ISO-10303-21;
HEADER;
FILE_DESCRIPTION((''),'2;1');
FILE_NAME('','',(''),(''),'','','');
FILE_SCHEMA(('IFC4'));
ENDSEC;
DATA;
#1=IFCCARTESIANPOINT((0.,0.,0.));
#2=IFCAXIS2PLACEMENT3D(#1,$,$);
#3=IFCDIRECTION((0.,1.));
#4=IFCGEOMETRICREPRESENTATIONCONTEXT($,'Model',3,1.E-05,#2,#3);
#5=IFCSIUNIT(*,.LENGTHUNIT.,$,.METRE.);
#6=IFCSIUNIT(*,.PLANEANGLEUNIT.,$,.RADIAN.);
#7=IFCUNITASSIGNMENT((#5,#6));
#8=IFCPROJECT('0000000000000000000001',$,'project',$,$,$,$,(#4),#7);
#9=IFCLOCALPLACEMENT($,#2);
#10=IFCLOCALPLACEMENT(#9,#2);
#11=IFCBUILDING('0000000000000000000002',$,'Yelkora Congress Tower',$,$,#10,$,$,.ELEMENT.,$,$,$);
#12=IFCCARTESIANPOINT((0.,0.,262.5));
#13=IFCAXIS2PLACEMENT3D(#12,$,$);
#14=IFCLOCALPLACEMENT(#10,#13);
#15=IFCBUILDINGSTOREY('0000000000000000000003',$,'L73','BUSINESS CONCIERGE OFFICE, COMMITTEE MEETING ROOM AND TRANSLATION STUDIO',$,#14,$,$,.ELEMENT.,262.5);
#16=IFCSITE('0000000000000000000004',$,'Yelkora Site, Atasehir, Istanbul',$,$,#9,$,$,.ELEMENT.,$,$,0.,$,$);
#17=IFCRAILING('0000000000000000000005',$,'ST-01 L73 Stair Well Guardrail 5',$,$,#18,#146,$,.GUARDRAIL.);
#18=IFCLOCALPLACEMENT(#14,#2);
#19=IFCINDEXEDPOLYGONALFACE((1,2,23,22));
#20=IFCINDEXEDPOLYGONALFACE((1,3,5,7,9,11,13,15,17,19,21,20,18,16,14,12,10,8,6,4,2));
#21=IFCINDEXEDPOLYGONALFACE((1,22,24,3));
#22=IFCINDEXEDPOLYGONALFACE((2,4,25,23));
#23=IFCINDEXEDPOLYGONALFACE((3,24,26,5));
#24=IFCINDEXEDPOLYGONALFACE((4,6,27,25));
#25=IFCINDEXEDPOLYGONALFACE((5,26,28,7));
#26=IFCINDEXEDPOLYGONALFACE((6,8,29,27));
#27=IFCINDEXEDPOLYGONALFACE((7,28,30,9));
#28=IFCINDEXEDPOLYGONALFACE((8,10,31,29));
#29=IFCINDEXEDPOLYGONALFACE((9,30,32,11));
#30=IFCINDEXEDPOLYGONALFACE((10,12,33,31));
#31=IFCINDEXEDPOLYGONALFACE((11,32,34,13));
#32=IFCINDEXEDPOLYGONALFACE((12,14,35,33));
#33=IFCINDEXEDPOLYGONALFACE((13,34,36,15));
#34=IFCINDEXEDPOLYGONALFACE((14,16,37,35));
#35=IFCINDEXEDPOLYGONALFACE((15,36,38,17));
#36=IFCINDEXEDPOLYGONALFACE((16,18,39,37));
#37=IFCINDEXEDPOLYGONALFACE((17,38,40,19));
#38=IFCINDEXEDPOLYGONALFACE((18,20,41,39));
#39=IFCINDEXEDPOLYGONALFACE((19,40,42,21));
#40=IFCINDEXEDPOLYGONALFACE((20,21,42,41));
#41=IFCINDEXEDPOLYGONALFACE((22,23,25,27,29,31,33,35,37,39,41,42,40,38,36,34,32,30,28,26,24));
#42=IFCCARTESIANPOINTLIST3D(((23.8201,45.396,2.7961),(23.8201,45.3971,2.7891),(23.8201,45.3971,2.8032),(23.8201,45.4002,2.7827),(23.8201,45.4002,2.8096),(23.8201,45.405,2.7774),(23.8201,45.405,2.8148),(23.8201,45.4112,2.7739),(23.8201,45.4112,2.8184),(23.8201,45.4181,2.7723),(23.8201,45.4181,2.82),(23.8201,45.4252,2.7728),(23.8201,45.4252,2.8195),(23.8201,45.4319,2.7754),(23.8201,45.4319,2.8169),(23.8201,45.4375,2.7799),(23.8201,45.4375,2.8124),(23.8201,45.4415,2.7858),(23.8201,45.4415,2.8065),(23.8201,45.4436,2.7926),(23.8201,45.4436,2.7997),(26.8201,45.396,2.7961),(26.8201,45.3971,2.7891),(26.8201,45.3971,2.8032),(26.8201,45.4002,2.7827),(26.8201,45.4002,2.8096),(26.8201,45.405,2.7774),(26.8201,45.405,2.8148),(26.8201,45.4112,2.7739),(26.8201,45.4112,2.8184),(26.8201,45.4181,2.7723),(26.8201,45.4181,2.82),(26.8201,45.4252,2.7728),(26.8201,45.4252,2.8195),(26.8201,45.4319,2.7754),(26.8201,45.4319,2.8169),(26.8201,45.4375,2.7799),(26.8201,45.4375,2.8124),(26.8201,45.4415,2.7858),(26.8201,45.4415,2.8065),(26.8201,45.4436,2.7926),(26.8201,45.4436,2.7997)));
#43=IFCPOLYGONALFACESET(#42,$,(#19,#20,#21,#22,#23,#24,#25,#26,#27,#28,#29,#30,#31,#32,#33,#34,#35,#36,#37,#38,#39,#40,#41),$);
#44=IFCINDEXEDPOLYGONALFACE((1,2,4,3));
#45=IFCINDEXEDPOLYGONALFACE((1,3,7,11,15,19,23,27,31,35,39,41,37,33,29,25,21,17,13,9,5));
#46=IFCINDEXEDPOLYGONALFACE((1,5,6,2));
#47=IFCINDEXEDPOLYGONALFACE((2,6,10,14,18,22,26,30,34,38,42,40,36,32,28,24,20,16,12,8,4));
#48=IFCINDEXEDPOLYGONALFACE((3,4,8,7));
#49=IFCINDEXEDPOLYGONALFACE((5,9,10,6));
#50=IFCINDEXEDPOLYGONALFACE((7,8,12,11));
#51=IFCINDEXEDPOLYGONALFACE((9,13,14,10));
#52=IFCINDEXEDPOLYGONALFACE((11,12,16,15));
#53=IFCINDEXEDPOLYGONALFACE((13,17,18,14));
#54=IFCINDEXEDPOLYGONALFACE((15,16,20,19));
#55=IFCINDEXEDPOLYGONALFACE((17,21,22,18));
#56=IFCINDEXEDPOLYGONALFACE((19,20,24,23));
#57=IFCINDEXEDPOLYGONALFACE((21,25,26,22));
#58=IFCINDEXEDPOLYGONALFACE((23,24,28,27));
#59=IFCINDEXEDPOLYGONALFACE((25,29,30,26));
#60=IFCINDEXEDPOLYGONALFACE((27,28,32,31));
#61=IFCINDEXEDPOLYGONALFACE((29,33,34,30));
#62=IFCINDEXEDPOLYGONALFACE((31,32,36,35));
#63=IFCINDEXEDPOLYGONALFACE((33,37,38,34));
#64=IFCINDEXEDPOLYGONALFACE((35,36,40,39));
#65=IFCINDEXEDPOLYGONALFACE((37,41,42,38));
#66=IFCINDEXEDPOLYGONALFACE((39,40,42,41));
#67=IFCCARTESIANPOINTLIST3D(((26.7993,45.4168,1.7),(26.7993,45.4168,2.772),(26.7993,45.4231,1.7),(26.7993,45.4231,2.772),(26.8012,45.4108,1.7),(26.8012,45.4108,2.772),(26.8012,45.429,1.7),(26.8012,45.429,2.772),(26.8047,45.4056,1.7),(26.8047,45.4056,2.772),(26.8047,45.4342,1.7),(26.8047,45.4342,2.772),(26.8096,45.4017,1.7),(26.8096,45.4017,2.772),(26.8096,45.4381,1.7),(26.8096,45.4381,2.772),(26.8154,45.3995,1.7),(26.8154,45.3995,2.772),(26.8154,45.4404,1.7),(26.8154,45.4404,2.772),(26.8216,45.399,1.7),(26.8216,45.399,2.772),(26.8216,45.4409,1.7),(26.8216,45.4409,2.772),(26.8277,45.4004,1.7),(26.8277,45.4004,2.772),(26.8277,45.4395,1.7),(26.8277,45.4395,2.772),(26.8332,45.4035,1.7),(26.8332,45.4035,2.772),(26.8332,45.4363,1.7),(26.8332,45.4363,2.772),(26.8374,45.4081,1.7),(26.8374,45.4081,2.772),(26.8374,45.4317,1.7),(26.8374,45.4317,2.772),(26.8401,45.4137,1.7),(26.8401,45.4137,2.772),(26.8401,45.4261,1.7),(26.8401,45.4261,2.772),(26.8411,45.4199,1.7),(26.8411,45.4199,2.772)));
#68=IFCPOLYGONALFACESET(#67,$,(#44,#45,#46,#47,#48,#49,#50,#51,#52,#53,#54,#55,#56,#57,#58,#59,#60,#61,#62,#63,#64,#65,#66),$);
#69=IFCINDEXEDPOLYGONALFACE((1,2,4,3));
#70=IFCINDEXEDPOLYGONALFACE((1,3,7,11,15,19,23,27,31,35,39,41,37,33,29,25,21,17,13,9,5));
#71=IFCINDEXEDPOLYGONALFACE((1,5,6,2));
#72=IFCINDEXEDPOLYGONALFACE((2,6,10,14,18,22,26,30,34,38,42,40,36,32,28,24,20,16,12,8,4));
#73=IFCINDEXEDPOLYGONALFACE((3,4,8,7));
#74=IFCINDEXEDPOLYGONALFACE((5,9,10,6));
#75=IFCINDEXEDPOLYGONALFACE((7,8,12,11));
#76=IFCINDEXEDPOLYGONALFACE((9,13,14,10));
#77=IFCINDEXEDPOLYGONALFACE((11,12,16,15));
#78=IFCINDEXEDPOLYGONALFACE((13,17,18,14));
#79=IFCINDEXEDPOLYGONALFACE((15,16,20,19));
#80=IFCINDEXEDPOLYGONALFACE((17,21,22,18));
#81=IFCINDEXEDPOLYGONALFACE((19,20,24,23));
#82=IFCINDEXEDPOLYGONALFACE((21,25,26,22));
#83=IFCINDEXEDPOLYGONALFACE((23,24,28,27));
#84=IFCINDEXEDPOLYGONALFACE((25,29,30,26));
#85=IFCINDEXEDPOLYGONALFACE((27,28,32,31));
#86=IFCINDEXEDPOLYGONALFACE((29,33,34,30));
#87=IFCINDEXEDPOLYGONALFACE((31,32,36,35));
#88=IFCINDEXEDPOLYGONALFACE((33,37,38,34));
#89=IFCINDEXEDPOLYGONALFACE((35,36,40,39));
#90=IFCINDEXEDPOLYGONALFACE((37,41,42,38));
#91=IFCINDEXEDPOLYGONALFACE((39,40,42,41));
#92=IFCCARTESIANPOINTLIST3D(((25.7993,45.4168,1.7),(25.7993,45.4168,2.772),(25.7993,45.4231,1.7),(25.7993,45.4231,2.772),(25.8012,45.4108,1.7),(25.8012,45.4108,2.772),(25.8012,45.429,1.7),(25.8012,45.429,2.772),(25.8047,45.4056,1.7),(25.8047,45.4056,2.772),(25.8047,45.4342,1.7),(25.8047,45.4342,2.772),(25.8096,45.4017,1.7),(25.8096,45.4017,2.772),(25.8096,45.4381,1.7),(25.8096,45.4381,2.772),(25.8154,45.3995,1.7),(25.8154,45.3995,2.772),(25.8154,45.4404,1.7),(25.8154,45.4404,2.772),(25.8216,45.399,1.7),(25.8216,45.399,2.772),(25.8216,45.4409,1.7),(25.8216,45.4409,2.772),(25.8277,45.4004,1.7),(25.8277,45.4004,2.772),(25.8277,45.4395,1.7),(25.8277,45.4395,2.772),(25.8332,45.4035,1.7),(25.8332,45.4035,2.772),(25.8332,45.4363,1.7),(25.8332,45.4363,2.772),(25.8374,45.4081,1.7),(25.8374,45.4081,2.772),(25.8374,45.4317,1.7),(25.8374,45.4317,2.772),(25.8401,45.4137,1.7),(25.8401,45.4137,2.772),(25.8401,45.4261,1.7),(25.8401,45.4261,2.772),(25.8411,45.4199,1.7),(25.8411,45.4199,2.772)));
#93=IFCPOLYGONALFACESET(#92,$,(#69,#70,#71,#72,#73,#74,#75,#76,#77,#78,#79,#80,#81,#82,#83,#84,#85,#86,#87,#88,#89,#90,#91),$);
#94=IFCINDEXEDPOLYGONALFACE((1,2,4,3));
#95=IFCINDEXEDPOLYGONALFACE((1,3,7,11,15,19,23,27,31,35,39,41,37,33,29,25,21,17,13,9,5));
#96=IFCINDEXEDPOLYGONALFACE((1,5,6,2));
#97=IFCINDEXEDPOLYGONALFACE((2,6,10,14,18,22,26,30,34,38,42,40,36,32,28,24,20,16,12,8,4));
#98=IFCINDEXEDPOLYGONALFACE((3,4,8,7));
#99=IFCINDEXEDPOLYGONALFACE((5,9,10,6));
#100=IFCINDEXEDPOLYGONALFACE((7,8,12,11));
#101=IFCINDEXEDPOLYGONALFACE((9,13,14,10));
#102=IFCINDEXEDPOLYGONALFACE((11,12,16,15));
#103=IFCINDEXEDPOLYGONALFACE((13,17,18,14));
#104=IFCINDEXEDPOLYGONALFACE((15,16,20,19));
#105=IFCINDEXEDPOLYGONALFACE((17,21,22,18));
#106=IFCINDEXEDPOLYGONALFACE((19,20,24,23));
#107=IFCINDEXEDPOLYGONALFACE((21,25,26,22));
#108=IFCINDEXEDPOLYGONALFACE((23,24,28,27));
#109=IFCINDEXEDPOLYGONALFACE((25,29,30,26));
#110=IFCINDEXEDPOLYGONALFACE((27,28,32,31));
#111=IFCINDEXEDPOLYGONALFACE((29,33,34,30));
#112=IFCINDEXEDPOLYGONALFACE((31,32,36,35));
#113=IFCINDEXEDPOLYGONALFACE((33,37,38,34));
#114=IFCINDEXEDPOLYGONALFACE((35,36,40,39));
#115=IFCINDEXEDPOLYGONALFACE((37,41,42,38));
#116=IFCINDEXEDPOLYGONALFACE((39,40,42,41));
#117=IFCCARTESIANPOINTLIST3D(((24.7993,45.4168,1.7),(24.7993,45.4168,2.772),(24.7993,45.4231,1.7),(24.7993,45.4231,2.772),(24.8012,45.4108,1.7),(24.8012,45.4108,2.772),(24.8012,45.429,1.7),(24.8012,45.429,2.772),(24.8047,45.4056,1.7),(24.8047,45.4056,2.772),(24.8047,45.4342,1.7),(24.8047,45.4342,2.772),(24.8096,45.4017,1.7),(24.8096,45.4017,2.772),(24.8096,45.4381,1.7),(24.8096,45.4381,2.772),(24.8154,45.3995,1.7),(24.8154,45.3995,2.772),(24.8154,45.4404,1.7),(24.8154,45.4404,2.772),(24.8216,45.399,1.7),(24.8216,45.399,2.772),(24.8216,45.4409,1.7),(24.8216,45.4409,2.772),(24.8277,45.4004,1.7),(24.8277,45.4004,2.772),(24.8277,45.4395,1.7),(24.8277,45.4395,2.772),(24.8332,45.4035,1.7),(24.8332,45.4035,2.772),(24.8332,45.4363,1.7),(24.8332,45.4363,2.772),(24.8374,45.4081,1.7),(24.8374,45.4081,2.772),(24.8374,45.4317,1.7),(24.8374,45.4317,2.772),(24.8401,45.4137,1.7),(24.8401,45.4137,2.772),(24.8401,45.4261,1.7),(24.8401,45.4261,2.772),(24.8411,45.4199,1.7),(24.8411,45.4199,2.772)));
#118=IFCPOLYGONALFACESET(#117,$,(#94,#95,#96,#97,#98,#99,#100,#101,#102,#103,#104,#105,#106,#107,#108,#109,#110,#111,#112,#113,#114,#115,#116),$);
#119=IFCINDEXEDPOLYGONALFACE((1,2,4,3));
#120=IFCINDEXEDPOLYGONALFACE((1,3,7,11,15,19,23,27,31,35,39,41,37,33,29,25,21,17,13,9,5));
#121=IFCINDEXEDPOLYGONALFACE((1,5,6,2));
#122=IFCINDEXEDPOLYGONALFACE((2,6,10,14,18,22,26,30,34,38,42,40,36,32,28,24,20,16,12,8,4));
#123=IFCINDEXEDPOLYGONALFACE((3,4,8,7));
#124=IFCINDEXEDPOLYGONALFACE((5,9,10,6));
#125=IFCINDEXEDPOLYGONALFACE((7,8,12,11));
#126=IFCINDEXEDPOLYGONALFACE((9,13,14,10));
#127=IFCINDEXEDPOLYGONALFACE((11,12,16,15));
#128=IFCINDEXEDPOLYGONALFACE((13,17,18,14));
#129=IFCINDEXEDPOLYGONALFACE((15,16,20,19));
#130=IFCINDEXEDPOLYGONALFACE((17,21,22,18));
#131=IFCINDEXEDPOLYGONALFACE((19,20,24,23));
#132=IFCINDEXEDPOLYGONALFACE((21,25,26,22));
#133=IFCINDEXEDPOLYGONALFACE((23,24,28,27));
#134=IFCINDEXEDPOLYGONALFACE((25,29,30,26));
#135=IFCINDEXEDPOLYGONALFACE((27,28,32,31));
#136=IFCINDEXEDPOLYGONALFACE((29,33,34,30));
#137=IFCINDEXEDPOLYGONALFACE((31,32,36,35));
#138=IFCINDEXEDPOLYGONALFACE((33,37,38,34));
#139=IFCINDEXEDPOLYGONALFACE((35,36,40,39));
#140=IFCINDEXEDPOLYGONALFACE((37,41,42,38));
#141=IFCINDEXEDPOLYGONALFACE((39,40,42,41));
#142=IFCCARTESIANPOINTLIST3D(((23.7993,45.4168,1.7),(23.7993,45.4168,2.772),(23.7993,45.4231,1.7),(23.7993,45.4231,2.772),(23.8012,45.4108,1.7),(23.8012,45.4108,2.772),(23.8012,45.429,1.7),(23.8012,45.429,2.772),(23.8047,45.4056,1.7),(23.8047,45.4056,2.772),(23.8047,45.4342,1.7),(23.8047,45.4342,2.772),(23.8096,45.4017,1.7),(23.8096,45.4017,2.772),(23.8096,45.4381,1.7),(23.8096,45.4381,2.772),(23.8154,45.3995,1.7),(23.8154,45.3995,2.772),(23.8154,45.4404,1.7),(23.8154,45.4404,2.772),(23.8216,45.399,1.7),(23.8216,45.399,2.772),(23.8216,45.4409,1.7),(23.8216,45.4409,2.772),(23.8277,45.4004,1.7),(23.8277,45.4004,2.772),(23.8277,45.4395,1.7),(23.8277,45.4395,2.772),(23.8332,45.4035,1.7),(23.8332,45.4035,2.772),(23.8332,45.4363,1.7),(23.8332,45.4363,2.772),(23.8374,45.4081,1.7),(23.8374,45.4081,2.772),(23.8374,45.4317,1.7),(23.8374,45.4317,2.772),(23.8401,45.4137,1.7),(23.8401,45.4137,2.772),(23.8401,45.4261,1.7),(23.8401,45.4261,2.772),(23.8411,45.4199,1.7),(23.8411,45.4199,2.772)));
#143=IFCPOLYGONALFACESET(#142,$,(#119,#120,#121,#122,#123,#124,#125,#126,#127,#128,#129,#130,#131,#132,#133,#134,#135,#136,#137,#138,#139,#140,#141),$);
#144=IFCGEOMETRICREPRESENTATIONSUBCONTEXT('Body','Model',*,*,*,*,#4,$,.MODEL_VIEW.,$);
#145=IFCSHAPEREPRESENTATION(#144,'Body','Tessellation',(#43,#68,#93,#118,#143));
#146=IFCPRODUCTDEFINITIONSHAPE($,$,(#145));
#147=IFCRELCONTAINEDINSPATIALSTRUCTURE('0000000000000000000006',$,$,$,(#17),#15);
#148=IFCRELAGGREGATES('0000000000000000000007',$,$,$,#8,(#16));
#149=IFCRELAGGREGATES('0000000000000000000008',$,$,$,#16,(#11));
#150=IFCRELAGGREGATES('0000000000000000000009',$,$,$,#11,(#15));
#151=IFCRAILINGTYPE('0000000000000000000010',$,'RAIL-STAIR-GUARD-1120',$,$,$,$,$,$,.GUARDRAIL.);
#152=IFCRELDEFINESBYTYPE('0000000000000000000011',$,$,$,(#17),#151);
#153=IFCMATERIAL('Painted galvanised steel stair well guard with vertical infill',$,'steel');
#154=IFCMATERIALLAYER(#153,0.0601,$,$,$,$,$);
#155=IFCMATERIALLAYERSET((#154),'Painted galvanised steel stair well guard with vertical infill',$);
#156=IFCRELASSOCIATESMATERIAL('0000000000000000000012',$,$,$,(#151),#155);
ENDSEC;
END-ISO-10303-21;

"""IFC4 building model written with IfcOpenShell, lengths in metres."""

from ifc_helpers import new_model, si_unit, direction, frame, origin, origin_2d, place, context, subcontext, project, spatial, circle, extrude, material, layer, layer_set, type_object, element, save


model = new_model("IFC4")

# Units and contexts
model_context = context("Model", 3, precision=1e-05, world=origin(), true_north=direction((0.0, 1.0)))
body_context = subcontext(model_context, "Body", "Model", "MODEL_VIEW")
ifc_project = project(units=[si_unit("LENGTHUNIT", "METRE"), si_unit("PLANEANGLEUNIT", "RADIAN")], contexts=[model_context])

# Site, building, storey
site_placement = place(None, origin())
site = spatial("IfcSite", under=ifc_project, at=site_placement, Name="Yelkora Site, Atasehir, Istanbul", CompositionType="ELEMENT", RefElevation=0.0)
building_placement = place(site_placement, origin())
building = spatial("IfcBuilding", under=site, at=building_placement, Name="Yelkora Congress Tower", CompositionType="ELEMENT")
storey_placement = place(building_placement, frame((0.0, 0.0, 262.5)))
storey = spatial("IfcBuildingStorey", under=building, at=storey_placement, Name="L73", Description="BUSINESS CONCIERGE OFFICE, COMMITTEE MEETING ROOM AND TRANSLATION STUDIO", CompositionType="ELEMENT", Elevation=262.5)

# Railing
ifc_material_1 = material(Name="Painted galvanised steel stair well guard with vertical infill", Category="steel")
ifc_layer_1 = layer(ifc_material_1, 0.0601)
ifc_layer_set_1 = layer_set([ifc_layer_1], Name="Painted galvanised steel stair well guard with vertical infill")
railing_type = type_object("IfcRailingType", Name="RAIL-STAIR-GUARD-1120", PredefinedType="GUARDRAIL", material=ifc_layer_set_1)
railing_1_placement = place(storey_placement, frame((26.8201, 45.4199, 1.7)))
element("IfcRailing", 1, at=railing_1_placement, inside=storey, type_object=railing_type, Name="ST-01 L73 Stair Well Guardrail 5", PredefinedType="GUARDRAIL", context=body_context, shape_type="SweptSolid", body=[
    extrude(circle(Radius=0.0239, at=origin_2d()), frame((0.0, 0.0, 1.0962), z_axis=(-1.0, 0.0, 0.0), x_axis=(0.0, -1.0, 0.0)), (0.0, 0.0, 1.0), 3.0),
    extrude(circle(Radius=0.021, at=origin_2d()), origin(), (0.0, 0.0, 1.0), 1.072),
    extrude(circle(Radius=0.021, at=origin_2d()), frame((-1.0, 0.0, 0.0)), (0.0, 0.0, 1.0), 1.072),
    extrude(circle(Radius=0.021, at=origin_2d()), frame((-2.0, 0.0, 0.0)), (0.0, 0.0, 1.0), 1.072),
    extrude(circle(Radius=0.021, at=origin_2d()), frame((-3.0, 0.0, 0.0)), (0.0, 0.0, 1.0), 1.072),
])

save(model, "model.ifc")
